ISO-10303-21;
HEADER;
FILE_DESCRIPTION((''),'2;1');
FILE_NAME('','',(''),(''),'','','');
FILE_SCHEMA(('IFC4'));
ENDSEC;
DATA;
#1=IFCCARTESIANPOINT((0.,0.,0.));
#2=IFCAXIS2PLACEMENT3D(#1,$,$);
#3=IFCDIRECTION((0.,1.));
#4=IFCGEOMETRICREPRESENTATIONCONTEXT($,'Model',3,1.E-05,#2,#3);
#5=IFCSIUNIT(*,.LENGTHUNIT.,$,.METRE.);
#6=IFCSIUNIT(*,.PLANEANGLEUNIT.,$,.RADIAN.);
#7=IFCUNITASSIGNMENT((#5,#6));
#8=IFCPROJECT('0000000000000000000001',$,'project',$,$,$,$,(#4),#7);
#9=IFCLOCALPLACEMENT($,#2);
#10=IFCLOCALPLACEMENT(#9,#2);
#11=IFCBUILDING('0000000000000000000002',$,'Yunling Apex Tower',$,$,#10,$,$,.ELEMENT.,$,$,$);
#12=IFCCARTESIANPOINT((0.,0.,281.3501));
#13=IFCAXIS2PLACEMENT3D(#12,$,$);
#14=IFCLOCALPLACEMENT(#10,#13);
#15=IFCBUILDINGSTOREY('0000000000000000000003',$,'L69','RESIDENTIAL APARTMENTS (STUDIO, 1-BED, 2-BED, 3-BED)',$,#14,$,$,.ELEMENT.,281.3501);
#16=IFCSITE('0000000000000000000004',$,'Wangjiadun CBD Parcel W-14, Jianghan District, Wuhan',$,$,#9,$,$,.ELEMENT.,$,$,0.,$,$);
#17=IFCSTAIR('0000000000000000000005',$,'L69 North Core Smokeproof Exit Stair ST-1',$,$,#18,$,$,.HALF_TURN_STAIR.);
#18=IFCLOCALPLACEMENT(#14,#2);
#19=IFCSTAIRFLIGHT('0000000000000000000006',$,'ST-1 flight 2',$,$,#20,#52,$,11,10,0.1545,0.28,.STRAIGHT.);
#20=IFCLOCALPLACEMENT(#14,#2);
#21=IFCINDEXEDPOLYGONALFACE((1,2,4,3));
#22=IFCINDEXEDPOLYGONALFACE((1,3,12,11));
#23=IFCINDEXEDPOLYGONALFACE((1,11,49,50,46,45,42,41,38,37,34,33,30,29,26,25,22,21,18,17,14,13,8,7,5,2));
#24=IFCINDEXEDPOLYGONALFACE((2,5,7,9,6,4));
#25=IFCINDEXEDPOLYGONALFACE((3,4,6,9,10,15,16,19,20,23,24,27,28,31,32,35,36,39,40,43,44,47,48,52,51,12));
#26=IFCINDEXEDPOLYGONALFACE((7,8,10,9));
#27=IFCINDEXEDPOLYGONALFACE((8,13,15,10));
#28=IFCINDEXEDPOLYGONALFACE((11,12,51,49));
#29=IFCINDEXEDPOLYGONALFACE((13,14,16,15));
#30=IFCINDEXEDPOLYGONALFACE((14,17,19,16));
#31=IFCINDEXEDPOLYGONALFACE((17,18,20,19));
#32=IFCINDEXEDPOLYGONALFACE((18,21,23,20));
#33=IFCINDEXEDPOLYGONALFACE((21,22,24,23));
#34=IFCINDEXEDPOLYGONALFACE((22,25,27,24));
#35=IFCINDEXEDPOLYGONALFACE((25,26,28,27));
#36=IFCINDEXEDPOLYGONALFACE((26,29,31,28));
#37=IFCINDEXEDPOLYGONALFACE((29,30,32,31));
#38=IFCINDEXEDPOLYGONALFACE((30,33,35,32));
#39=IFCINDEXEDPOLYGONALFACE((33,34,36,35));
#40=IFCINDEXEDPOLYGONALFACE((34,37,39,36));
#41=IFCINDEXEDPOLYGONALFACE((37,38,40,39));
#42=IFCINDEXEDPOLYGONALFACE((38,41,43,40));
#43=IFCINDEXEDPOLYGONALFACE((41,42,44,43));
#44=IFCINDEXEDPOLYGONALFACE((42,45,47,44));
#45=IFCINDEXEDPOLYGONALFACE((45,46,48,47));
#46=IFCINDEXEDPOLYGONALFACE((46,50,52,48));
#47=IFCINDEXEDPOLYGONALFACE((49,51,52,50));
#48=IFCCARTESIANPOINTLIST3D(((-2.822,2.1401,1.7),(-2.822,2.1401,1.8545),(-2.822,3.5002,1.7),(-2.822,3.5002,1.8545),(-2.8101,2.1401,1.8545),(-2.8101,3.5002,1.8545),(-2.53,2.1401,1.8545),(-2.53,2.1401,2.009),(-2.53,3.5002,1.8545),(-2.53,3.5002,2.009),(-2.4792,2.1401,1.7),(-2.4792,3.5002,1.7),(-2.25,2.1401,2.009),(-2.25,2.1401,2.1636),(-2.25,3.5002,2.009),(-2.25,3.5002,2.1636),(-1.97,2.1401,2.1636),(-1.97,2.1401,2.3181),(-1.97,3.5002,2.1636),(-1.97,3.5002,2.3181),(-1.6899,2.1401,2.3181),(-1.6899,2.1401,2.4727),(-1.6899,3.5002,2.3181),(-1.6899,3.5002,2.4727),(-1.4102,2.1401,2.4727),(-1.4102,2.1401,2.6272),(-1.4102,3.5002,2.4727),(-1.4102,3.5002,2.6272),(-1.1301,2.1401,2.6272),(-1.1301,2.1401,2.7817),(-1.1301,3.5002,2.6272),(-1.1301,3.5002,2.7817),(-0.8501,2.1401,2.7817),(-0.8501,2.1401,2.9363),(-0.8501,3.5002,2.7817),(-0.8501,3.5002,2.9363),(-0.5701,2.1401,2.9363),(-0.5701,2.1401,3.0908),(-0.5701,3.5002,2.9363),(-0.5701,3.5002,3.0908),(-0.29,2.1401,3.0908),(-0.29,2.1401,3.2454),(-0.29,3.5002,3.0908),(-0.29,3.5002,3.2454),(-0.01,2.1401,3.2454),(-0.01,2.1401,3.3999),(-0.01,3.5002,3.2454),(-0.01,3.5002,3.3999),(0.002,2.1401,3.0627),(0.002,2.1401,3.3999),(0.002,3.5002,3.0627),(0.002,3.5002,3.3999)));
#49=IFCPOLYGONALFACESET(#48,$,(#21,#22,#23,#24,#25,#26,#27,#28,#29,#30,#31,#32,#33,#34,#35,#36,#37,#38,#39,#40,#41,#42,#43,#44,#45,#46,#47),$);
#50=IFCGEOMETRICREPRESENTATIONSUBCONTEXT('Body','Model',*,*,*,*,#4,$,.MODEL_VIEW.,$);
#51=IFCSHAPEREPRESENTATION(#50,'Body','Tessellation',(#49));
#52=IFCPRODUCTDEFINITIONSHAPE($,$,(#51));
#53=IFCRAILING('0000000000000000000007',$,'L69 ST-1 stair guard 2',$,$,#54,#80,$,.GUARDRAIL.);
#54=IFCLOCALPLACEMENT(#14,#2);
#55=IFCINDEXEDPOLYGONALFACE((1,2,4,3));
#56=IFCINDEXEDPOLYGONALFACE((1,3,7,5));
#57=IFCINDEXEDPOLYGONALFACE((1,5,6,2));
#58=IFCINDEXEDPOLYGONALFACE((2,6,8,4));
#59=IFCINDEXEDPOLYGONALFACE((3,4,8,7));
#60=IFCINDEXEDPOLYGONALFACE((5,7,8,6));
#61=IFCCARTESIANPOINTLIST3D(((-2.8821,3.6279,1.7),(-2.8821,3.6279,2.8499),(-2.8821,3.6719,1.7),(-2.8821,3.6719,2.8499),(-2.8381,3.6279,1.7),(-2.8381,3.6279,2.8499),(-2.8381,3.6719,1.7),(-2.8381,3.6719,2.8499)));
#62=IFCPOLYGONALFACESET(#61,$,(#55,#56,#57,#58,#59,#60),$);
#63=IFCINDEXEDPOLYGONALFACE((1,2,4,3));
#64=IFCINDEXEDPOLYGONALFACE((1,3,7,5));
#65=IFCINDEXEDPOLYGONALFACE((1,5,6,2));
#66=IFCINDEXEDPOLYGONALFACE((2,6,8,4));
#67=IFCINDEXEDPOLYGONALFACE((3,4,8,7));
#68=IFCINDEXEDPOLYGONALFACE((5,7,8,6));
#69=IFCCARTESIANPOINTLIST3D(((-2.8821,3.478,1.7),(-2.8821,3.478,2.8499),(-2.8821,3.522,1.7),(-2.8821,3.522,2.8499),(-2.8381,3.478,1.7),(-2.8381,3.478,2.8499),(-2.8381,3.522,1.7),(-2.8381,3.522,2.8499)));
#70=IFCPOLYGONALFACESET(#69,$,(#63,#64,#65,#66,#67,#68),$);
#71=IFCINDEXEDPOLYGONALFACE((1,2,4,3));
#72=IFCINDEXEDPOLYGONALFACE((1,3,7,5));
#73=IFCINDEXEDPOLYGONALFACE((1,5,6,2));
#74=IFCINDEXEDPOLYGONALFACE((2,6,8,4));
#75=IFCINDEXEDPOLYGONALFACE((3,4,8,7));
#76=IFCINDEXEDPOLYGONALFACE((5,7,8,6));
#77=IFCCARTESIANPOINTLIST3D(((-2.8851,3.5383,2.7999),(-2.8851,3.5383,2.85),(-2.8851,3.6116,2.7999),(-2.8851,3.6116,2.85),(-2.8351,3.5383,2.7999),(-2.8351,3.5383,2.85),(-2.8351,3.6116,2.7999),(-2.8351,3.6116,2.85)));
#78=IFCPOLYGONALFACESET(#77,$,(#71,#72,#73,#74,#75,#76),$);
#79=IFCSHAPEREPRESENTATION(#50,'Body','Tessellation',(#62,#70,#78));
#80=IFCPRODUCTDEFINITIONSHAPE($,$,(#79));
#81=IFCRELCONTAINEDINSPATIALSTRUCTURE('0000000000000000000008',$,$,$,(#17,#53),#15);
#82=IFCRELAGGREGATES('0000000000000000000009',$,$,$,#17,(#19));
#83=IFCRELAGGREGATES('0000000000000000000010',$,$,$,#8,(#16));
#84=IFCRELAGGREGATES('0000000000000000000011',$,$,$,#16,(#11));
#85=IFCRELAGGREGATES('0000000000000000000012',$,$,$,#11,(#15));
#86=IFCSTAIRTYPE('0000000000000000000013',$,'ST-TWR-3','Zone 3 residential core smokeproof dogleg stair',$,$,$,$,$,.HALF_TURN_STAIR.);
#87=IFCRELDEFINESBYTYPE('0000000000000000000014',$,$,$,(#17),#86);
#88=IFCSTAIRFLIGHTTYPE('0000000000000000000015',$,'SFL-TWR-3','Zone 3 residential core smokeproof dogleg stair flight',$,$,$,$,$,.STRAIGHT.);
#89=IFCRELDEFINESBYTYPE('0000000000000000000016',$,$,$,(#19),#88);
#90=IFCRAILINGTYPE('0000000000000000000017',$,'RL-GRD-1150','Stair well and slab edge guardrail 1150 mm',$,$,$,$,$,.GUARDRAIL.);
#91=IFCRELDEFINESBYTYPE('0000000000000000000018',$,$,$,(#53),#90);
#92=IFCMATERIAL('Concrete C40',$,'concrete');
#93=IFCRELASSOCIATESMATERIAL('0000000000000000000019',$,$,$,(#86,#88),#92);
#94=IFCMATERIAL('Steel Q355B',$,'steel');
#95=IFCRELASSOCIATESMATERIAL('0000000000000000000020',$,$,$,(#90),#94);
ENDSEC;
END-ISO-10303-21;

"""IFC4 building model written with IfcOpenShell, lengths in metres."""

from ifc_helpers import new_model, si_unit, direction, frame, origin, origin_2d, place, context, subcontext, project, spatial, polyline, rectangle, outline, extrude, material, type_object, element, aggregate, save


model = new_model("IFC4")

# Units and contexts
model_context = context("Model", 3, precision=1e-05, world=origin(), true_north=direction((0.0, 1.0)))
body_context = subcontext(model_context, "Body", "Model", "MODEL_VIEW")
ifc_project = project(units=[si_unit("LENGTHUNIT", "METRE"), si_unit("PLANEANGLEUNIT", "RADIAN")], contexts=[model_context])

# Site, building, storey
site_placement = place(None, origin())
site = spatial("IfcSite", under=ifc_project, at=site_placement, Name="Wangjiadun CBD Parcel W-14, Jianghan District, Wuhan", CompositionType="ELEMENT", RefElevation=0.0)
building_placement = place(site_placement, origin())
building = spatial("IfcBuilding", under=site, at=building_placement, Name="Yunling Apex Tower", CompositionType="ELEMENT")
storey_placement = place(building_placement, frame((0.0, 0.0, 281.3501)))
storey = spatial("IfcBuildingStorey", under=building, at=storey_placement, Name="L69", Description="RESIDENTIAL APARTMENTS (STUDIO, 1-BED, 2-BED, 3-BED)", CompositionType="ELEMENT", Elevation=281.3501)

# Shared definitions
ifc_material_1 = material(Name="Steel Q355B", Category="steel")

# Shared definitions
ifc_material_2 = material(Name="Concrete C40", Category="concrete")

# Stair, stair flight
stair_type = type_object("IfcStairType", Name="ST-TWR-3", Description="Zone 3 residential core smokeproof dogleg stair", PredefinedType="HALF_TURN_STAIR", material=ifc_material_2)
stair_placement = place(storey_placement, origin())
stair = element("IfcStair", 1, at=stair_placement, inside=storey, type_object=stair_type, Name="L69 North Core Smokeproof Exit Stair ST-1", PredefinedType="HALF_TURN_STAIR")
stair_flight_type = type_object("IfcStairFlightType", Name="SFL-TWR-3", Description="Zone 3 residential core smokeproof dogleg stair flight", PredefinedType="STRAIGHT", material=ifc_material_2)
stair_flight_placement = place(storey_placement, frame((-2.8101, 2.8201, 1.7), z_axis=(0.0, 0.0, 1.0), x_axis=(1.0, 0.0, 0.0)))
stair_flight = element("IfcStairFlight", 2, at=stair_flight_placement, type_object=stair_flight_type, Name="ST-1 flight 2", NumberOfRisers=11, NumberOfTreads=10, PredefinedType="STRAIGHT", RiserHeight=0.1545, TreadLength=0.28, context=body_context, shape_type="SweptSolid", body=[
    extrude(outline(polyline([(-0.012, 0.0), (-0.012, 0.1545), (0.0, 0.1545), (0.28, 0.1545), (0.28, 0.3091), (0.5601, 0.3091), (0.5601, 0.4636), (0.8401, 0.4636), (0.8401, 0.6182), (1.1201, 0.6182), (1.1201, 0.7727), (1.3999, 0.7727), (1.3999, 0.9272), (1.6799, 0.9272), (1.6799, 1.0818), (1.96, 1.0818), (1.96, 1.2363), (2.24, 1.2363), (2.24, 1.3909), (2.52, 1.3909), (2.52, 1.5454), (2.8, 1.5454), (2.8, 1.7), (2.812, 1.7), (2.812, 1.3628), (0.3308, 0.0), (-0.012, 0.0)])), frame((0.0, 0.6802, 0.0), z_axis=(0.0, -1.0, 0.0), x_axis=(1.0, 0.0, 0.0)), (0.0, 0.0, 1.0), 1.3601),
])
aggregate(stair, [stair_flight])

# Railing
railing_type = type_object("IfcRailingType", Name="RL-GRD-1150", Description="Stair well and slab edge guardrail 1150 mm", PredefinedType="GUARDRAIL", material=ifc_material_1)
railing_placement = place(storey_placement, frame((-2.8601, 3.6499, 1.7)))
element("IfcRailing", 3, at=railing_placement, inside=storey, type_object=railing_type, Name="L69 ST-1 stair guard 2", PredefinedType="GUARDRAIL", context=body_context, shape_type="SweptSolid", body=[
    extrude(rectangle(XDim=0.0439, YDim=0.0439, at=origin_2d()), origin(), (0.0, 0.0, 1.0), 1.1499),
    extrude(rectangle(XDim=0.0439, YDim=0.0439, at=origin_2d()), frame((0.0, -0.1499, 0.0)), (0.0, 0.0, 1.0), 1.1499),
    extrude(rectangle(XDim=0.05, YDim=0.05, at=origin_2d()), frame((0.0, -0.0383, 1.125), z_axis=(0.0, -1.0, 0.0), x_axis=(1.0, 0.0, 0.0)), (0.0, 0.0, 1.0), 0.0732),
])

save(model, "model.ifc")
